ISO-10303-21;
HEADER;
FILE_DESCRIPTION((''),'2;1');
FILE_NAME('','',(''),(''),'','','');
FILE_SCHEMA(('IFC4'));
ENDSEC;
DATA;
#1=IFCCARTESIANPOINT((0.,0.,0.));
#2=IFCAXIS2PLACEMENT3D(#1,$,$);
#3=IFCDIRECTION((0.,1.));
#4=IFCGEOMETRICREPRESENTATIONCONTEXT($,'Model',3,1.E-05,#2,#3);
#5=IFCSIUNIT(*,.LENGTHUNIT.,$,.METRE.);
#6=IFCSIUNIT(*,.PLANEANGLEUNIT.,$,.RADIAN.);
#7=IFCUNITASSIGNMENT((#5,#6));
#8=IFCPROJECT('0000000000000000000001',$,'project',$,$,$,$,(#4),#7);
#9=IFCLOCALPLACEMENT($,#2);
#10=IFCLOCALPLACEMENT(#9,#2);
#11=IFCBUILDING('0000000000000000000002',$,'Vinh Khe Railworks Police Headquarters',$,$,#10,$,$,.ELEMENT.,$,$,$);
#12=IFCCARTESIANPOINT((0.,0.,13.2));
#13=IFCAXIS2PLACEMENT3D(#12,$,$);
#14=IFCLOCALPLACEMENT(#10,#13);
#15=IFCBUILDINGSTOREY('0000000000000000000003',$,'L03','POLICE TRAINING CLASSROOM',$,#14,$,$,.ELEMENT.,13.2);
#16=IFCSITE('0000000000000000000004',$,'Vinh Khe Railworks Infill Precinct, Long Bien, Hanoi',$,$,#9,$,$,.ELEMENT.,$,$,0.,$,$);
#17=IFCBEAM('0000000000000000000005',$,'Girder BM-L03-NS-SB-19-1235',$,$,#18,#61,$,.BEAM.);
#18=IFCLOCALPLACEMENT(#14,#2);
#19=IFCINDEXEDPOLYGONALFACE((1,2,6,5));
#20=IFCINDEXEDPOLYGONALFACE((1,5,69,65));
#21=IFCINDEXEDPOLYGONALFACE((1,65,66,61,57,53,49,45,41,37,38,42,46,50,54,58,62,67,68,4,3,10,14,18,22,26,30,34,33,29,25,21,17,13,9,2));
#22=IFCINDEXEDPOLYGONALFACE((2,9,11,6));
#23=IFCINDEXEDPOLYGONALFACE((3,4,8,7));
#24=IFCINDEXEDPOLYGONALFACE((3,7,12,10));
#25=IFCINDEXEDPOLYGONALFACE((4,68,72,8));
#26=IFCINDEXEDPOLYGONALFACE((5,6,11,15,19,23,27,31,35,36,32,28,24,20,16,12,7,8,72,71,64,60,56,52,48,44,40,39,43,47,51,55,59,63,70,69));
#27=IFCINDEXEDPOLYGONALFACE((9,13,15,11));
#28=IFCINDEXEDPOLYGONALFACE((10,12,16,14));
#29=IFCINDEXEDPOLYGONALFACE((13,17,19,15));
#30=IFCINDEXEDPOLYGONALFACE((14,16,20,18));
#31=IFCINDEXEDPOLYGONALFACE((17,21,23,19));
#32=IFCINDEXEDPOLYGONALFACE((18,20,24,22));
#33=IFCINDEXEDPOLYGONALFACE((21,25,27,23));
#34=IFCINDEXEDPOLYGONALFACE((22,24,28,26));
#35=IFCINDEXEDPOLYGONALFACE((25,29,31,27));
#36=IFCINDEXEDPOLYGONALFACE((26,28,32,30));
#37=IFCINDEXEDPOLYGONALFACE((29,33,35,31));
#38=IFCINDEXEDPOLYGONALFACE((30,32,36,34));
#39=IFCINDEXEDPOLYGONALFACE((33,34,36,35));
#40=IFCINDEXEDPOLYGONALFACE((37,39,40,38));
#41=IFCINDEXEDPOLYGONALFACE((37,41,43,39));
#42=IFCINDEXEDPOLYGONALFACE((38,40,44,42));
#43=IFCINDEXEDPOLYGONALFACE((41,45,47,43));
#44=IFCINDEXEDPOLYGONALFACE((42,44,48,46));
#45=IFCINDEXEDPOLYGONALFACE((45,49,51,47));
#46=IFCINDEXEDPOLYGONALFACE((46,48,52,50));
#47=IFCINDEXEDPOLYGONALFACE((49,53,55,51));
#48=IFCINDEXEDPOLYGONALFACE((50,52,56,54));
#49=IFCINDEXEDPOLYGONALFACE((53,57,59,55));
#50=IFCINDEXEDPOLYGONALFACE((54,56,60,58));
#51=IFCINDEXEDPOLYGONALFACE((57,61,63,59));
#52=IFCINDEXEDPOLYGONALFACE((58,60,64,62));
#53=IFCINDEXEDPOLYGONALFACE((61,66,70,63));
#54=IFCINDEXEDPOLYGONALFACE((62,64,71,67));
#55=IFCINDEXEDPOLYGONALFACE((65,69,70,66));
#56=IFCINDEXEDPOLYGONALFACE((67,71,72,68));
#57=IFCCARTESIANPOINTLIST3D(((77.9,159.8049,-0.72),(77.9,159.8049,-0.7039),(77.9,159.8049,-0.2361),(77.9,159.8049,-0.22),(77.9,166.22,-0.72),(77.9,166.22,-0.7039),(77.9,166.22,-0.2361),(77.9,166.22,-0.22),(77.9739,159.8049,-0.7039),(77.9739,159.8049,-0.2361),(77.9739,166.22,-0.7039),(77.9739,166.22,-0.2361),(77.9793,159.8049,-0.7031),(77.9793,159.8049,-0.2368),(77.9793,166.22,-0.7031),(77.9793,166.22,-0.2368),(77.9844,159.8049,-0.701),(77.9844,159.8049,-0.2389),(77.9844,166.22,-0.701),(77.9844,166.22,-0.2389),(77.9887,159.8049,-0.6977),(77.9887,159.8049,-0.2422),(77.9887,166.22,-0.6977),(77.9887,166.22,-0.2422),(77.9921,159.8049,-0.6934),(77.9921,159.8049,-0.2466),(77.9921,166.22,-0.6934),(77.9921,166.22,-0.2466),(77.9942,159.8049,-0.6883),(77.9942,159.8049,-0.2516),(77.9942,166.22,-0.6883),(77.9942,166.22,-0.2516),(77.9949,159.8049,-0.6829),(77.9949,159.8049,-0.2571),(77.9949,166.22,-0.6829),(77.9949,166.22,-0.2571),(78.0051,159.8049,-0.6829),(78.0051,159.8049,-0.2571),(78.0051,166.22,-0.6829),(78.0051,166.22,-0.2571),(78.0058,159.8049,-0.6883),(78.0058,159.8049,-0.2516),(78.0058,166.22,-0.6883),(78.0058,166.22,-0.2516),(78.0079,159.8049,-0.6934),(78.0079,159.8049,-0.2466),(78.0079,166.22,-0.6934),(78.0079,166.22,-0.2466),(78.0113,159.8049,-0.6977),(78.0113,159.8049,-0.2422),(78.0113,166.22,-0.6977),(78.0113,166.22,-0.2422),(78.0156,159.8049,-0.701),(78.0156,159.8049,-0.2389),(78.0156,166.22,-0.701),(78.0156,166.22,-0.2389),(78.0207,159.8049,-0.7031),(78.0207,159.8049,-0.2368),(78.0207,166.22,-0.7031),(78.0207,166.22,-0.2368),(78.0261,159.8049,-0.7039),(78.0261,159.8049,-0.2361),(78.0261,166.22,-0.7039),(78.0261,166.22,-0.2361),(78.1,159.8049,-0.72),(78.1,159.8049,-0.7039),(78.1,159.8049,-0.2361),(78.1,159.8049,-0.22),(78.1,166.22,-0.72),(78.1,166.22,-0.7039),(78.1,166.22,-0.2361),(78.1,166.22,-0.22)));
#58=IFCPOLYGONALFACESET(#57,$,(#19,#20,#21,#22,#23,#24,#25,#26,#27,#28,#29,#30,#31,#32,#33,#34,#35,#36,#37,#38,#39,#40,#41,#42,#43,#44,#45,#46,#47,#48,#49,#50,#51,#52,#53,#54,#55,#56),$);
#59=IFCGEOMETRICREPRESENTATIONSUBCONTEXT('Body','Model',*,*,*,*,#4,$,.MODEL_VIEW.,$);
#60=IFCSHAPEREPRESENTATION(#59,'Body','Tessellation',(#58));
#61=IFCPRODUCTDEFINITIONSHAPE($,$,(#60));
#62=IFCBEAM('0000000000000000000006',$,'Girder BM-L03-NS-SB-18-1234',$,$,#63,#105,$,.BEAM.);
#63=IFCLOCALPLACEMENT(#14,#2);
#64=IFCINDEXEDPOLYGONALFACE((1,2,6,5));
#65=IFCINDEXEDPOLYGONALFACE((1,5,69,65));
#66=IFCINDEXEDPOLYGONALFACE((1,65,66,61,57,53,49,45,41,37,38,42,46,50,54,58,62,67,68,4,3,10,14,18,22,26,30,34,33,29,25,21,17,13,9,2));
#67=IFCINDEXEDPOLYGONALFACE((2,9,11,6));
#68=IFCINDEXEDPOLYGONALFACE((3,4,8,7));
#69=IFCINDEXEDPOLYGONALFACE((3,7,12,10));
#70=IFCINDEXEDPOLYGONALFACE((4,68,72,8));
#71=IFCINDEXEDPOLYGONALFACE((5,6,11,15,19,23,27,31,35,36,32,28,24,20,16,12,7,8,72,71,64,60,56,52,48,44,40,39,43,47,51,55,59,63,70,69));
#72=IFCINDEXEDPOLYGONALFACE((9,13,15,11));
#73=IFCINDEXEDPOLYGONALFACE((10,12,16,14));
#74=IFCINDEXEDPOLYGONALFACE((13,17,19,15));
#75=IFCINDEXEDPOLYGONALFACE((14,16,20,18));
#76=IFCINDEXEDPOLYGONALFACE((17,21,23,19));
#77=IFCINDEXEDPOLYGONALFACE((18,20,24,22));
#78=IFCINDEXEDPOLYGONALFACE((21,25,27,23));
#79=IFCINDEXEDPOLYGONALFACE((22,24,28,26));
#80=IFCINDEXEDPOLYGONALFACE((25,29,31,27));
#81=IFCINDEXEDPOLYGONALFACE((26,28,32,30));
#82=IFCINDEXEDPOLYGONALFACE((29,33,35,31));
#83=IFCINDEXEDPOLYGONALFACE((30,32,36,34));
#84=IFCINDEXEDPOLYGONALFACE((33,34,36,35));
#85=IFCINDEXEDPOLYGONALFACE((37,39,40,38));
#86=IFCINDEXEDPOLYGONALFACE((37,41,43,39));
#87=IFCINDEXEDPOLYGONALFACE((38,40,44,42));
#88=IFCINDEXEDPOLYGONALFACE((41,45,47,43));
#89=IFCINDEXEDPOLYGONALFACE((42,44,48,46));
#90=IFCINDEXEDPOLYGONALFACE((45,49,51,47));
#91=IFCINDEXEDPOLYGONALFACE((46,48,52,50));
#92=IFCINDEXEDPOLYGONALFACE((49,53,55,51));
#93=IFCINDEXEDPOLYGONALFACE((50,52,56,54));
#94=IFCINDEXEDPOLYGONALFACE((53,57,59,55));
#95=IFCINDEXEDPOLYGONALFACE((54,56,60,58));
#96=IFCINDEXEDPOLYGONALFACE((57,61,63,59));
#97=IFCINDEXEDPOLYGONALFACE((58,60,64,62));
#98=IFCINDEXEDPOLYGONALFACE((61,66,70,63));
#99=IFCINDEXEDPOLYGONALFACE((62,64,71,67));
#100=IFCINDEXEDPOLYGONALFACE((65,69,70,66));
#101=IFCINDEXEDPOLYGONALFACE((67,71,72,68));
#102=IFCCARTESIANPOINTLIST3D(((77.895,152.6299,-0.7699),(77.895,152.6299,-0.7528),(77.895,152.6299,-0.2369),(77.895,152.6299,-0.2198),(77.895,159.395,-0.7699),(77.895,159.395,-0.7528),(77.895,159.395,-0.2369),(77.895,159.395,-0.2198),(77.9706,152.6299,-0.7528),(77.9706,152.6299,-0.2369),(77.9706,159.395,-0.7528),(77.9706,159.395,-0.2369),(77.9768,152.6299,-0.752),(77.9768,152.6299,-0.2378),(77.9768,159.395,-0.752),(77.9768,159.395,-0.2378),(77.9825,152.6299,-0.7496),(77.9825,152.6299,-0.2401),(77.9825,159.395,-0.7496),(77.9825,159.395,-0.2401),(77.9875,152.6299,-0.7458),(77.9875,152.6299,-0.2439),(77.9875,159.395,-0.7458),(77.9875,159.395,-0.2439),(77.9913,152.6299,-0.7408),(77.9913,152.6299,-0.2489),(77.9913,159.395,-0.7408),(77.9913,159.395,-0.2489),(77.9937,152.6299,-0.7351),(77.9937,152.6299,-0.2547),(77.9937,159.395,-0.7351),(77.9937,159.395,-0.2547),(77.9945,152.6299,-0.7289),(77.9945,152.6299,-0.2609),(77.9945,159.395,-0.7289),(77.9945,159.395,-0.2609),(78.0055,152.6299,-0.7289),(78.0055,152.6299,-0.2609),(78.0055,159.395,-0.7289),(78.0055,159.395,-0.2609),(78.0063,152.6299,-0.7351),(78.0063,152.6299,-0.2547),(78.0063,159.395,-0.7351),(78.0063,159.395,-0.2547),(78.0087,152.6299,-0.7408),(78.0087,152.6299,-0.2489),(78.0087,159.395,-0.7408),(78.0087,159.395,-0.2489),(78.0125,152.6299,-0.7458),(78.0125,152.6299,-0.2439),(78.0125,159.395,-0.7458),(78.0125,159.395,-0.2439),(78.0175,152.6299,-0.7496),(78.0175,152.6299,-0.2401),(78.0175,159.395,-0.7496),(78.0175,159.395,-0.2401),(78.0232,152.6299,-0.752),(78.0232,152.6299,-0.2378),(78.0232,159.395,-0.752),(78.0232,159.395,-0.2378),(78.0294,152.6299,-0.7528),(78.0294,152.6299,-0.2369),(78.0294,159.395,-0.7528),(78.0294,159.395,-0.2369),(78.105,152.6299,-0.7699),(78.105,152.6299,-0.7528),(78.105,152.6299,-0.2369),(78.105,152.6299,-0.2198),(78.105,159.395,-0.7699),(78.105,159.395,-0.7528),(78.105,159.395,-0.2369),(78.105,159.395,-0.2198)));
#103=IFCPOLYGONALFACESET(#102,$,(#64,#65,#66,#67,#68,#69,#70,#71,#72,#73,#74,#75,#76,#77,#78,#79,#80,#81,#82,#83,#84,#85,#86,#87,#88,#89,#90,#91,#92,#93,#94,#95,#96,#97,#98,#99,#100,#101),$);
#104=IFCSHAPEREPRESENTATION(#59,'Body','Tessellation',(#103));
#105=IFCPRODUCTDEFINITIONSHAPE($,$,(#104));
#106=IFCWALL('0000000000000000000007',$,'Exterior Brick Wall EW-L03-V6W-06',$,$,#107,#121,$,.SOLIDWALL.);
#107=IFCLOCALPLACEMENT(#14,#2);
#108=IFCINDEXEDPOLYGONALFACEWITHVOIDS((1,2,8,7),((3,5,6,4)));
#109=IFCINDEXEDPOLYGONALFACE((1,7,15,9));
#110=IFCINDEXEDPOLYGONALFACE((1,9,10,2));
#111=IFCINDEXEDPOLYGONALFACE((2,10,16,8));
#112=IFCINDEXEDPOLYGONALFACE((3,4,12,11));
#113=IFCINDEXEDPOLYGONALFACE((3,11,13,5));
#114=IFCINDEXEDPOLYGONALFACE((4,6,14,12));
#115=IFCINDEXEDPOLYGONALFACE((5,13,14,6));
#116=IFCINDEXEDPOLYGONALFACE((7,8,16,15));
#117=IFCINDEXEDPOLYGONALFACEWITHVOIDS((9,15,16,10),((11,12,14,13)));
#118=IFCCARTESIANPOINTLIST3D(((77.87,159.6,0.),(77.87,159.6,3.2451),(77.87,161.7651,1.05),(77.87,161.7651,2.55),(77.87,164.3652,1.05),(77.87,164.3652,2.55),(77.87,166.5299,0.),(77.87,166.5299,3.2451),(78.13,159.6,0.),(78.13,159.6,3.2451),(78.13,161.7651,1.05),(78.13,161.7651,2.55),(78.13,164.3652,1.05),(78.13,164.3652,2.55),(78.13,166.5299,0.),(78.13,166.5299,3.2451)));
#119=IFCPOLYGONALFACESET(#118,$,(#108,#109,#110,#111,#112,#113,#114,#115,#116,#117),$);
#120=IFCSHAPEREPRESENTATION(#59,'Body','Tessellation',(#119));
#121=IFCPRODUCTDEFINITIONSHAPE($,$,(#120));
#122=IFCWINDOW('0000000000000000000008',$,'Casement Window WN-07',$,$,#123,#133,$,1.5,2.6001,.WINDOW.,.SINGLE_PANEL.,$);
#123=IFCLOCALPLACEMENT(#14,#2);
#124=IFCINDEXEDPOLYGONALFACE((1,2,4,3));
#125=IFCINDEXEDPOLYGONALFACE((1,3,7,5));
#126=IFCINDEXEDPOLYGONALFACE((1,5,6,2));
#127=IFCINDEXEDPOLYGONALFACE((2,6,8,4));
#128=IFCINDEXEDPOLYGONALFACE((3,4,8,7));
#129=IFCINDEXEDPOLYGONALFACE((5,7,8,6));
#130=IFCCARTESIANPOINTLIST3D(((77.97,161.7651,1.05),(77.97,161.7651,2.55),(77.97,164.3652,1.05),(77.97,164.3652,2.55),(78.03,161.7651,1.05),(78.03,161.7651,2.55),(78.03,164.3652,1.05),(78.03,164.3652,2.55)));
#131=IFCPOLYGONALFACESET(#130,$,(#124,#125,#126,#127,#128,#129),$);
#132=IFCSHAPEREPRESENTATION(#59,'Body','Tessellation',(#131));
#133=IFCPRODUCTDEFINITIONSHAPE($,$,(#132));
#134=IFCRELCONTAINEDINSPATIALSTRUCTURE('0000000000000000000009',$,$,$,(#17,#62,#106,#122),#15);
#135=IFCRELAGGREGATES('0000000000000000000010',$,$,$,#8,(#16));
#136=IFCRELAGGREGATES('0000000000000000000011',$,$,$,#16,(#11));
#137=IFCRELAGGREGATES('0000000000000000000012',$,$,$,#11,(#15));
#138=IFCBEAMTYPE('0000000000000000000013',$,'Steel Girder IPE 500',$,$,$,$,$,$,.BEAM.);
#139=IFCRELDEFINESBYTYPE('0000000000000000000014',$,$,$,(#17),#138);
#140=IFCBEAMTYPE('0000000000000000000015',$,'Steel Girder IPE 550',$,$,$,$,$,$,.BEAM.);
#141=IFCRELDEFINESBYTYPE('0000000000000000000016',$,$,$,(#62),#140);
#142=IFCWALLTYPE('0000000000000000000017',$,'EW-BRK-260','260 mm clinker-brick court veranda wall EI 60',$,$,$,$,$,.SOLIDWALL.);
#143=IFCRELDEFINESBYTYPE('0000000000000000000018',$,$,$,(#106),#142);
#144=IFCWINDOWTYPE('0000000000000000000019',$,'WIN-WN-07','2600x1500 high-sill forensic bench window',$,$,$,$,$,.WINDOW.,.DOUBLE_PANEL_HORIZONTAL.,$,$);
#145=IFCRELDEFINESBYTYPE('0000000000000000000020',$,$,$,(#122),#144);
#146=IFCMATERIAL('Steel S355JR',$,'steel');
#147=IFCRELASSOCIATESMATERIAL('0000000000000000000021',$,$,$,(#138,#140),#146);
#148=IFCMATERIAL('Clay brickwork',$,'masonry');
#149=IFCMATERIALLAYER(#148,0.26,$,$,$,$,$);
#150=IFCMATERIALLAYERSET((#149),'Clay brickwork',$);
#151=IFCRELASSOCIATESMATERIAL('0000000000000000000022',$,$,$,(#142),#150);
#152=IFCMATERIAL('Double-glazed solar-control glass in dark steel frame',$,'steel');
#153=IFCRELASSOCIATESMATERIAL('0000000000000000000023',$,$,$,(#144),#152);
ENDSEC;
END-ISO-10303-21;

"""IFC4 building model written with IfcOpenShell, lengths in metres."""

from ifc_helpers import new_model, si_unit, direction, frame, frame_2d, origin, origin_2d, place, context, subcontext, project, spatial, rectangle, i_section, extrude, material, layer, layer_set, material_profile, profile_set, type_object, element, fill, save


model = new_model("IFC4")

# Units and contexts
model_context = context("Model", 3, precision=1e-05, world=origin(), true_north=direction((0.0, 1.0)))
body_context = subcontext(model_context, "Body", "Model", "MODEL_VIEW")
ifc_project = project(units=[si_unit("LENGTHUNIT", "METRE"), si_unit("PLANEANGLEUNIT", "RADIAN")], contexts=[model_context])

# Site, building, storey
site_placement = place(None, origin())
site = spatial("IfcSite", under=ifc_project, at=site_placement, Name="Vinh Khe Railworks Infill Precinct, Long Bien, Hanoi", CompositionType="ELEMENT", RefElevation=0.0)
building_placement = place(site_placement, origin())
building = spatial("IfcBuilding", under=site, at=building_placement, Name="Vinh Khe Railworks Police Headquarters", CompositionType="ELEMENT")
storey_placement = place(building_placement, frame((0.0, 0.0, 13.2)))
storey = spatial("IfcBuildingStorey", under=building, at=storey_placement, Name="L03", Description="POLICE TRAINING CLASSROOM", CompositionType="ELEMENT", Elevation=13.2)

# Shared definitions
ifc_material_1 = material(Name="Steel S355JR", Category="steel")

# Beams
ifc_material_profile_1 = material_profile(ifc_material_1, i_section(OverallWidth=0.2, OverallDepth=0.5, WebThickness=0.0103, FlangeThickness=0.0161, FilletRadius=0.021, at=origin_2d()), Name="IPE 500")
ifc_profile_set_1 = profile_set([ifc_material_profile_1], Name="Steel S355JR")
beam_type_1 = type_object("IfcBeamType", Name="Steel Girder IPE 500", PredefinedType="BEAM", material=ifc_profile_set_1)
beam_1_placement = place(storey_placement, frame((78.0, 159.8049, -0.47), z_axis=(0.0, 1.0, 0.0), x_axis=(-1.0, 0.0, 0.0)))
element("IfcBeam", 1, at=beam_1_placement, inside=storey, type_object=beam_type_1, Name="Girder BM-L03-NS-SB-19-1235", PredefinedType="BEAM", context=body_context, shape_type="SweptSolid", body=[
    extrude(i_section(OverallWidth=0.2, OverallDepth=0.5, WebThickness=0.0103, FlangeThickness=0.0161, FilletRadius=0.021, at=origin_2d()), origin(), (0.0, 0.0, 1.0), 6.415),
])
ifc_material_profile_2 = material_profile(ifc_material_1, i_section(OverallWidth=0.21, OverallDepth=0.55, WebThickness=0.011, FlangeThickness=0.0171, FilletRadius=0.0239, at=origin_2d()), Name="IPE 550")
ifc_profile_set_2 = profile_set([ifc_material_profile_2], Name="Steel S355JR")
beam_type_2 = type_object("IfcBeamType", Name="Steel Girder IPE 550", PredefinedType="BEAM", material=ifc_profile_set_2)
beam_2_placement = place(storey_placement, frame((78.0, 152.6299, -0.4949), z_axis=(0.0, 1.0, 0.0), x_axis=(-1.0, 0.0, 0.0)))
element("IfcBeam", 2, at=beam_2_placement, inside=storey, type_object=beam_type_2, Name="Girder BM-L03-NS-SB-18-1234", PredefinedType="BEAM", context=body_context, shape_type="SweptSolid", body=[
    extrude(i_section(OverallWidth=0.21, OverallDepth=0.55, WebThickness=0.011, FlangeThickness=0.0171, FilletRadius=0.0239, at=origin_2d()), origin(), (0.0, 0.0, 1.0), 6.7651),
])

# Wall, opening, window
ifc_material_2 = material(Name="Clay brickwork", Category="masonry")
ifc_layer_1 = layer(ifc_material_2, 0.26)
ifc_layer_set_1 = layer_set([ifc_layer_1], Name="Clay brickwork")
wall_type_1 = type_object("IfcWallType", Name="EW-BRK-260", Description="260 mm clinker-brick court veranda wall EI 60", PredefinedType="SOLIDWALL", material=ifc_layer_set_1)
wall_1_placement = place(storey_placement, frame((78.0, 159.6001, 0.0), z_axis=(0.0, 0.0, 1.0), x_axis=(0.0, 1.0, 0.0)))
wall_1 = element("IfcWall", 3, at=wall_1_placement, inside=storey, type_object=wall_type_1, Name="Exterior Brick Wall EW-L03-V6W-06", PredefinedType="SOLIDWALL", context=body_context, shape_type="SweptSolid", body=[
    extrude(rectangle(XDim=6.9299, YDim=0.26, at=frame_2d((3.4648, 0.0))), origin(), (0.0, 0.0, 1.0), 3.2451),
])
opening_1_placement = place(wall_1_placement, frame((2.165, 0.0, 1.05)))
opening_1 = element("IfcOpeningElement", 4, at=opening_1_placement, cuts=wall_1, PredefinedType="OPENING", context=body_context, shape_type="SweptSolid", body=[
    extrude(rectangle(XDim=2.6001, YDim=1.5, at=frame_2d((1.3, 0.75))), frame((0.0, 0.145, 0.0), z_axis=(0.0, -1.0, 0.0), x_axis=(1.0, 0.0, 0.0)), (0.0, 0.0, 1.0), 0.2898),
])
ifc_material_3 = material(Name="Double-glazed solar-control glass in dark steel frame", Category="steel")
window_type_1 = type_object("IfcWindowType", Name="WIN-WN-07", Description="2600x1500 high-sill forensic bench window", PartitioningType="DOUBLE_PANEL_HORIZONTAL", PredefinedType="WINDOW", material=ifc_material_3)
window_1_placement = place(opening_1_placement, origin())
window_1 = element("IfcWindow", 5, at=window_1_placement, inside=storey, type_object=window_type_1, Name="Casement Window WN-07", OverallHeight=1.5, OverallWidth=2.6001, PartitioningType="SINGLE_PANEL", PredefinedType="WINDOW", context=body_context, shape_type="SweptSolid", body=[
    extrude(rectangle(XDim=2.6001, YDim=1.5, at=frame_2d((1.3, 0.75))), frame((0.0, 0.03, 0.0), z_axis=(0.0, -1.0, 0.0), x_axis=(1.0, 0.0, 0.0)), (0.0, 0.0, 1.0), 0.0601),
])
fill(opening_1, window_1)

save(model, "model.ifc")
